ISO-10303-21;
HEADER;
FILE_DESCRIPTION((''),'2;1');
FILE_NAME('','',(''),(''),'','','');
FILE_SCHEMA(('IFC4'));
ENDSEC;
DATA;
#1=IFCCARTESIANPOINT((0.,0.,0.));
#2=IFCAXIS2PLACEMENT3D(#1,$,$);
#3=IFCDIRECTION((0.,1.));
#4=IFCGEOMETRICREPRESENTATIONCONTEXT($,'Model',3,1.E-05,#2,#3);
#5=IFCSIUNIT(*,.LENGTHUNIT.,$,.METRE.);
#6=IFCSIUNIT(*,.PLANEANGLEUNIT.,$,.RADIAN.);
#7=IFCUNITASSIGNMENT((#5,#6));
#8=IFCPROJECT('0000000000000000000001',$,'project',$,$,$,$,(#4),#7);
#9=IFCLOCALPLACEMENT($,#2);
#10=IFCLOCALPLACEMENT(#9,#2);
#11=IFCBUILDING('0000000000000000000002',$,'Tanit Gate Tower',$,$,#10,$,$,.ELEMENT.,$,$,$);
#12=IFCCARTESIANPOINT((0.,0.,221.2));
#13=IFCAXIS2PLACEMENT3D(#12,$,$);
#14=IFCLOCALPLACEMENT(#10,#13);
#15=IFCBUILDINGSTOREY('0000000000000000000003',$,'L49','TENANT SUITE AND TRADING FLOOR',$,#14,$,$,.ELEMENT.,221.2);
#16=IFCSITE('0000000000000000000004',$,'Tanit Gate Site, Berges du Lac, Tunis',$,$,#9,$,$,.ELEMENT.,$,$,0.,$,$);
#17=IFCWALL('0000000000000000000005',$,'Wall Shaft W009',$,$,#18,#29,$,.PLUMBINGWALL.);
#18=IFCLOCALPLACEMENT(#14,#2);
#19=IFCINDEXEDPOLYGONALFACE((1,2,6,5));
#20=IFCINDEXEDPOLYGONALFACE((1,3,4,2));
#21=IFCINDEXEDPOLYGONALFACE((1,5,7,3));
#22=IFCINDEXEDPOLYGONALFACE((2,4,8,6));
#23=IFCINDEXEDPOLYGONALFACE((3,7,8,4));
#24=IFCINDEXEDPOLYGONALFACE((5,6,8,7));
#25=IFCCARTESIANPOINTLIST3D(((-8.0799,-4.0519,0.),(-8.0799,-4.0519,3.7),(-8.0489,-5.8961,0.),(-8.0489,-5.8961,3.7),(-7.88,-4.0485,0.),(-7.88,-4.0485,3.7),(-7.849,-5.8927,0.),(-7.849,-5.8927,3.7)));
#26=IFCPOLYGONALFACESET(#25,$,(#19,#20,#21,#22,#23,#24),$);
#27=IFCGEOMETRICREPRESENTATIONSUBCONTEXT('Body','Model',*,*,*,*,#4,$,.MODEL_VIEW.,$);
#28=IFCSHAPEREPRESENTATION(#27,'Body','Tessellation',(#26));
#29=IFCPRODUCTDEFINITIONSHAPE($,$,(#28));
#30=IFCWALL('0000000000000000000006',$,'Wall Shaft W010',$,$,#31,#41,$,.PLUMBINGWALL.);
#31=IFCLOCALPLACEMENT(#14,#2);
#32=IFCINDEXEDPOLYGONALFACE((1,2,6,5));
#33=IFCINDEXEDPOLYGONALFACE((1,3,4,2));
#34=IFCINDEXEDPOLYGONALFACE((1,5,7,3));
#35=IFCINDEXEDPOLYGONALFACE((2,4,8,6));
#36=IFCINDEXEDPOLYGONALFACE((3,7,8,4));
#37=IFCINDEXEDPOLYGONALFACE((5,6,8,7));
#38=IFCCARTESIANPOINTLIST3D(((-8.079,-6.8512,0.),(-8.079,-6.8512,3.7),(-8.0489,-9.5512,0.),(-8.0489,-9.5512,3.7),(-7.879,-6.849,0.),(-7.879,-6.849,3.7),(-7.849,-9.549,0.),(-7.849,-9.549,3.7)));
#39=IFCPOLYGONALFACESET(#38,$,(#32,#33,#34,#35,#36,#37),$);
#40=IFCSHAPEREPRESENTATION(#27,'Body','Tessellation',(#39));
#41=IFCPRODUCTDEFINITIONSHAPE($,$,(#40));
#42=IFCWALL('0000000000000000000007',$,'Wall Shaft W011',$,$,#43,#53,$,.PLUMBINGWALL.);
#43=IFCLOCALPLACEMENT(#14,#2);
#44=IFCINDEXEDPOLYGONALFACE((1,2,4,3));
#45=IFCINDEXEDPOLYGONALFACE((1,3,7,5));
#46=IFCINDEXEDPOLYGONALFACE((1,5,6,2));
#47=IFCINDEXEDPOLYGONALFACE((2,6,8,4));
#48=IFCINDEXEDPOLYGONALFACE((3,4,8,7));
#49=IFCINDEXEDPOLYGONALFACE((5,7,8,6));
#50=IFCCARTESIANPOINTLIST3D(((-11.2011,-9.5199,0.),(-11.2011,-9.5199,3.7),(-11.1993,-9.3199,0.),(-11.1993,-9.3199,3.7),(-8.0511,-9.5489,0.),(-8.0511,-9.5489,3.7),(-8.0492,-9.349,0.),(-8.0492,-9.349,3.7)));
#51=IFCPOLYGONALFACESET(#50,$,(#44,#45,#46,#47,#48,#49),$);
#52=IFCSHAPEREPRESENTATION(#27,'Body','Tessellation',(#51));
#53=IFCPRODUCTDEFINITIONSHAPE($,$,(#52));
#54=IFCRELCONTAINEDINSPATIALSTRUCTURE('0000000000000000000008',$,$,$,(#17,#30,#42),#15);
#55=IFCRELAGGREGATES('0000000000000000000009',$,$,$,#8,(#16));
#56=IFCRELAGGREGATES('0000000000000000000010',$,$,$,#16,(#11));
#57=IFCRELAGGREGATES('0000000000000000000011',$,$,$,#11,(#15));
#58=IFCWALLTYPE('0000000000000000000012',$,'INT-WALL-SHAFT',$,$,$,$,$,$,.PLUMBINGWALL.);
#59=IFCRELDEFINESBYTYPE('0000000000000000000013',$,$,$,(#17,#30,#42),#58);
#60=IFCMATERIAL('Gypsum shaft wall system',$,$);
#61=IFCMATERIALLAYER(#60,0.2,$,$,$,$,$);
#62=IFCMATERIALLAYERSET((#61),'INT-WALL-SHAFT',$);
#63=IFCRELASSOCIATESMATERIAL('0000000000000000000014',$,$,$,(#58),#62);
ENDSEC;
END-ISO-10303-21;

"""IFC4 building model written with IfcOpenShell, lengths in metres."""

from ifc_helpers import new_model, si_unit, direction, frame, frame_2d, origin, place, context, subcontext, project, spatial, rectangle, extrude, material, layer, layer_set, type_object, element, save


model = new_model("IFC4")

# Units and contexts
model_context = context("Model", 3, precision=1e-05, world=origin(), true_north=direction((0.0, 1.0)))
body_context = subcontext(model_context, "Body", "Model", "MODEL_VIEW")
ifc_project = project(units=[si_unit("LENGTHUNIT", "METRE"), si_unit("PLANEANGLEUNIT", "RADIAN")], contexts=[model_context])

# Site, building, storey
site_placement = place(None, origin())
site = spatial("IfcSite", under=ifc_project, at=site_placement, Name="Tanit Gate Site, Berges du Lac, Tunis", CompositionType="ELEMENT", RefElevation=0.0)
building_placement = place(site_placement, origin())
building = spatial("IfcBuilding", under=site, at=building_placement, Name="Tanit Gate Tower", CompositionType="ELEMENT")
storey_placement = place(building_placement, frame((0.0, 0.0, 221.2)))
storey = spatial("IfcBuildingStorey", under=building, at=storey_placement, Name="L49", Description="TENANT SUITE AND TRADING FLOOR", CompositionType="ELEMENT", Elevation=221.2)

# Walls
ifc_material_1 = material(Name="Gypsum shaft wall system")
ifc_layer_1 = layer(ifc_material_1, 0.2)
ifc_layer_set_1 = layer_set([ifc_layer_1], Name="INT-WALL-SHAFT")
wall_type_1 = type_object("IfcWallType", Name="INT-WALL-SHAFT", PredefinedType="PLUMBINGWALL", material=ifc_layer_set_1)
wall_1_placement = place(storey_placement, frame((-7.98, -4.05, 0.0), z_axis=(0.0, 0.0, 1.0), x_axis=(0.01681, -0.999859, 0.0)))
element("IfcWall", 1, at=wall_1_placement, inside=storey, type_object=wall_type_1, Name="Wall Shaft W009", PredefinedType="PLUMBINGWALL", context=body_context, shape_type="SweptSolid", body=[
    extrude(rectangle(XDim=1.8445, YDim=0.2, at=frame_2d((0.9224, 0.0))), origin(), (0.0, 0.0, 1.0), 3.7),
])
wall_2_placement = place(storey_placement, frame((-7.979, -6.8501, 0.0), z_axis=(0.0, 0.0, 1.0), x_axis=(0.011121, -0.999938, 0.0)))
element("IfcWall", 2, at=wall_2_placement, inside=storey, type_object=wall_type_1, Name="Wall Shaft W010", PredefinedType="PLUMBINGWALL", context=body_context, shape_type="SweptSolid", body=[
    extrude(rectangle(XDim=2.7002, YDim=0.2, at=frame_2d((1.3501, 0.0))), origin(), (0.0, 0.0, 1.0), 3.7),
])
wall_3_placement = place(storey_placement, frame((-8.05, -9.449, 0.0), z_axis=(0.0, 0.0, 1.0), x_axis=(-0.999957, 0.009223, 0.0)))
element("IfcWall", 3, at=wall_3_placement, inside=storey, type_object=wall_type_1, Name="Wall Shaft W011", PredefinedType="PLUMBINGWALL", context=body_context, shape_type="SweptSolid", body=[
    extrude(rectangle(XDim=3.1501, YDim=0.2, at=frame_2d((1.5752, 0.0))), origin(), (0.0, 0.0, 1.0), 3.7),
])

save(model, "model.ifc")
